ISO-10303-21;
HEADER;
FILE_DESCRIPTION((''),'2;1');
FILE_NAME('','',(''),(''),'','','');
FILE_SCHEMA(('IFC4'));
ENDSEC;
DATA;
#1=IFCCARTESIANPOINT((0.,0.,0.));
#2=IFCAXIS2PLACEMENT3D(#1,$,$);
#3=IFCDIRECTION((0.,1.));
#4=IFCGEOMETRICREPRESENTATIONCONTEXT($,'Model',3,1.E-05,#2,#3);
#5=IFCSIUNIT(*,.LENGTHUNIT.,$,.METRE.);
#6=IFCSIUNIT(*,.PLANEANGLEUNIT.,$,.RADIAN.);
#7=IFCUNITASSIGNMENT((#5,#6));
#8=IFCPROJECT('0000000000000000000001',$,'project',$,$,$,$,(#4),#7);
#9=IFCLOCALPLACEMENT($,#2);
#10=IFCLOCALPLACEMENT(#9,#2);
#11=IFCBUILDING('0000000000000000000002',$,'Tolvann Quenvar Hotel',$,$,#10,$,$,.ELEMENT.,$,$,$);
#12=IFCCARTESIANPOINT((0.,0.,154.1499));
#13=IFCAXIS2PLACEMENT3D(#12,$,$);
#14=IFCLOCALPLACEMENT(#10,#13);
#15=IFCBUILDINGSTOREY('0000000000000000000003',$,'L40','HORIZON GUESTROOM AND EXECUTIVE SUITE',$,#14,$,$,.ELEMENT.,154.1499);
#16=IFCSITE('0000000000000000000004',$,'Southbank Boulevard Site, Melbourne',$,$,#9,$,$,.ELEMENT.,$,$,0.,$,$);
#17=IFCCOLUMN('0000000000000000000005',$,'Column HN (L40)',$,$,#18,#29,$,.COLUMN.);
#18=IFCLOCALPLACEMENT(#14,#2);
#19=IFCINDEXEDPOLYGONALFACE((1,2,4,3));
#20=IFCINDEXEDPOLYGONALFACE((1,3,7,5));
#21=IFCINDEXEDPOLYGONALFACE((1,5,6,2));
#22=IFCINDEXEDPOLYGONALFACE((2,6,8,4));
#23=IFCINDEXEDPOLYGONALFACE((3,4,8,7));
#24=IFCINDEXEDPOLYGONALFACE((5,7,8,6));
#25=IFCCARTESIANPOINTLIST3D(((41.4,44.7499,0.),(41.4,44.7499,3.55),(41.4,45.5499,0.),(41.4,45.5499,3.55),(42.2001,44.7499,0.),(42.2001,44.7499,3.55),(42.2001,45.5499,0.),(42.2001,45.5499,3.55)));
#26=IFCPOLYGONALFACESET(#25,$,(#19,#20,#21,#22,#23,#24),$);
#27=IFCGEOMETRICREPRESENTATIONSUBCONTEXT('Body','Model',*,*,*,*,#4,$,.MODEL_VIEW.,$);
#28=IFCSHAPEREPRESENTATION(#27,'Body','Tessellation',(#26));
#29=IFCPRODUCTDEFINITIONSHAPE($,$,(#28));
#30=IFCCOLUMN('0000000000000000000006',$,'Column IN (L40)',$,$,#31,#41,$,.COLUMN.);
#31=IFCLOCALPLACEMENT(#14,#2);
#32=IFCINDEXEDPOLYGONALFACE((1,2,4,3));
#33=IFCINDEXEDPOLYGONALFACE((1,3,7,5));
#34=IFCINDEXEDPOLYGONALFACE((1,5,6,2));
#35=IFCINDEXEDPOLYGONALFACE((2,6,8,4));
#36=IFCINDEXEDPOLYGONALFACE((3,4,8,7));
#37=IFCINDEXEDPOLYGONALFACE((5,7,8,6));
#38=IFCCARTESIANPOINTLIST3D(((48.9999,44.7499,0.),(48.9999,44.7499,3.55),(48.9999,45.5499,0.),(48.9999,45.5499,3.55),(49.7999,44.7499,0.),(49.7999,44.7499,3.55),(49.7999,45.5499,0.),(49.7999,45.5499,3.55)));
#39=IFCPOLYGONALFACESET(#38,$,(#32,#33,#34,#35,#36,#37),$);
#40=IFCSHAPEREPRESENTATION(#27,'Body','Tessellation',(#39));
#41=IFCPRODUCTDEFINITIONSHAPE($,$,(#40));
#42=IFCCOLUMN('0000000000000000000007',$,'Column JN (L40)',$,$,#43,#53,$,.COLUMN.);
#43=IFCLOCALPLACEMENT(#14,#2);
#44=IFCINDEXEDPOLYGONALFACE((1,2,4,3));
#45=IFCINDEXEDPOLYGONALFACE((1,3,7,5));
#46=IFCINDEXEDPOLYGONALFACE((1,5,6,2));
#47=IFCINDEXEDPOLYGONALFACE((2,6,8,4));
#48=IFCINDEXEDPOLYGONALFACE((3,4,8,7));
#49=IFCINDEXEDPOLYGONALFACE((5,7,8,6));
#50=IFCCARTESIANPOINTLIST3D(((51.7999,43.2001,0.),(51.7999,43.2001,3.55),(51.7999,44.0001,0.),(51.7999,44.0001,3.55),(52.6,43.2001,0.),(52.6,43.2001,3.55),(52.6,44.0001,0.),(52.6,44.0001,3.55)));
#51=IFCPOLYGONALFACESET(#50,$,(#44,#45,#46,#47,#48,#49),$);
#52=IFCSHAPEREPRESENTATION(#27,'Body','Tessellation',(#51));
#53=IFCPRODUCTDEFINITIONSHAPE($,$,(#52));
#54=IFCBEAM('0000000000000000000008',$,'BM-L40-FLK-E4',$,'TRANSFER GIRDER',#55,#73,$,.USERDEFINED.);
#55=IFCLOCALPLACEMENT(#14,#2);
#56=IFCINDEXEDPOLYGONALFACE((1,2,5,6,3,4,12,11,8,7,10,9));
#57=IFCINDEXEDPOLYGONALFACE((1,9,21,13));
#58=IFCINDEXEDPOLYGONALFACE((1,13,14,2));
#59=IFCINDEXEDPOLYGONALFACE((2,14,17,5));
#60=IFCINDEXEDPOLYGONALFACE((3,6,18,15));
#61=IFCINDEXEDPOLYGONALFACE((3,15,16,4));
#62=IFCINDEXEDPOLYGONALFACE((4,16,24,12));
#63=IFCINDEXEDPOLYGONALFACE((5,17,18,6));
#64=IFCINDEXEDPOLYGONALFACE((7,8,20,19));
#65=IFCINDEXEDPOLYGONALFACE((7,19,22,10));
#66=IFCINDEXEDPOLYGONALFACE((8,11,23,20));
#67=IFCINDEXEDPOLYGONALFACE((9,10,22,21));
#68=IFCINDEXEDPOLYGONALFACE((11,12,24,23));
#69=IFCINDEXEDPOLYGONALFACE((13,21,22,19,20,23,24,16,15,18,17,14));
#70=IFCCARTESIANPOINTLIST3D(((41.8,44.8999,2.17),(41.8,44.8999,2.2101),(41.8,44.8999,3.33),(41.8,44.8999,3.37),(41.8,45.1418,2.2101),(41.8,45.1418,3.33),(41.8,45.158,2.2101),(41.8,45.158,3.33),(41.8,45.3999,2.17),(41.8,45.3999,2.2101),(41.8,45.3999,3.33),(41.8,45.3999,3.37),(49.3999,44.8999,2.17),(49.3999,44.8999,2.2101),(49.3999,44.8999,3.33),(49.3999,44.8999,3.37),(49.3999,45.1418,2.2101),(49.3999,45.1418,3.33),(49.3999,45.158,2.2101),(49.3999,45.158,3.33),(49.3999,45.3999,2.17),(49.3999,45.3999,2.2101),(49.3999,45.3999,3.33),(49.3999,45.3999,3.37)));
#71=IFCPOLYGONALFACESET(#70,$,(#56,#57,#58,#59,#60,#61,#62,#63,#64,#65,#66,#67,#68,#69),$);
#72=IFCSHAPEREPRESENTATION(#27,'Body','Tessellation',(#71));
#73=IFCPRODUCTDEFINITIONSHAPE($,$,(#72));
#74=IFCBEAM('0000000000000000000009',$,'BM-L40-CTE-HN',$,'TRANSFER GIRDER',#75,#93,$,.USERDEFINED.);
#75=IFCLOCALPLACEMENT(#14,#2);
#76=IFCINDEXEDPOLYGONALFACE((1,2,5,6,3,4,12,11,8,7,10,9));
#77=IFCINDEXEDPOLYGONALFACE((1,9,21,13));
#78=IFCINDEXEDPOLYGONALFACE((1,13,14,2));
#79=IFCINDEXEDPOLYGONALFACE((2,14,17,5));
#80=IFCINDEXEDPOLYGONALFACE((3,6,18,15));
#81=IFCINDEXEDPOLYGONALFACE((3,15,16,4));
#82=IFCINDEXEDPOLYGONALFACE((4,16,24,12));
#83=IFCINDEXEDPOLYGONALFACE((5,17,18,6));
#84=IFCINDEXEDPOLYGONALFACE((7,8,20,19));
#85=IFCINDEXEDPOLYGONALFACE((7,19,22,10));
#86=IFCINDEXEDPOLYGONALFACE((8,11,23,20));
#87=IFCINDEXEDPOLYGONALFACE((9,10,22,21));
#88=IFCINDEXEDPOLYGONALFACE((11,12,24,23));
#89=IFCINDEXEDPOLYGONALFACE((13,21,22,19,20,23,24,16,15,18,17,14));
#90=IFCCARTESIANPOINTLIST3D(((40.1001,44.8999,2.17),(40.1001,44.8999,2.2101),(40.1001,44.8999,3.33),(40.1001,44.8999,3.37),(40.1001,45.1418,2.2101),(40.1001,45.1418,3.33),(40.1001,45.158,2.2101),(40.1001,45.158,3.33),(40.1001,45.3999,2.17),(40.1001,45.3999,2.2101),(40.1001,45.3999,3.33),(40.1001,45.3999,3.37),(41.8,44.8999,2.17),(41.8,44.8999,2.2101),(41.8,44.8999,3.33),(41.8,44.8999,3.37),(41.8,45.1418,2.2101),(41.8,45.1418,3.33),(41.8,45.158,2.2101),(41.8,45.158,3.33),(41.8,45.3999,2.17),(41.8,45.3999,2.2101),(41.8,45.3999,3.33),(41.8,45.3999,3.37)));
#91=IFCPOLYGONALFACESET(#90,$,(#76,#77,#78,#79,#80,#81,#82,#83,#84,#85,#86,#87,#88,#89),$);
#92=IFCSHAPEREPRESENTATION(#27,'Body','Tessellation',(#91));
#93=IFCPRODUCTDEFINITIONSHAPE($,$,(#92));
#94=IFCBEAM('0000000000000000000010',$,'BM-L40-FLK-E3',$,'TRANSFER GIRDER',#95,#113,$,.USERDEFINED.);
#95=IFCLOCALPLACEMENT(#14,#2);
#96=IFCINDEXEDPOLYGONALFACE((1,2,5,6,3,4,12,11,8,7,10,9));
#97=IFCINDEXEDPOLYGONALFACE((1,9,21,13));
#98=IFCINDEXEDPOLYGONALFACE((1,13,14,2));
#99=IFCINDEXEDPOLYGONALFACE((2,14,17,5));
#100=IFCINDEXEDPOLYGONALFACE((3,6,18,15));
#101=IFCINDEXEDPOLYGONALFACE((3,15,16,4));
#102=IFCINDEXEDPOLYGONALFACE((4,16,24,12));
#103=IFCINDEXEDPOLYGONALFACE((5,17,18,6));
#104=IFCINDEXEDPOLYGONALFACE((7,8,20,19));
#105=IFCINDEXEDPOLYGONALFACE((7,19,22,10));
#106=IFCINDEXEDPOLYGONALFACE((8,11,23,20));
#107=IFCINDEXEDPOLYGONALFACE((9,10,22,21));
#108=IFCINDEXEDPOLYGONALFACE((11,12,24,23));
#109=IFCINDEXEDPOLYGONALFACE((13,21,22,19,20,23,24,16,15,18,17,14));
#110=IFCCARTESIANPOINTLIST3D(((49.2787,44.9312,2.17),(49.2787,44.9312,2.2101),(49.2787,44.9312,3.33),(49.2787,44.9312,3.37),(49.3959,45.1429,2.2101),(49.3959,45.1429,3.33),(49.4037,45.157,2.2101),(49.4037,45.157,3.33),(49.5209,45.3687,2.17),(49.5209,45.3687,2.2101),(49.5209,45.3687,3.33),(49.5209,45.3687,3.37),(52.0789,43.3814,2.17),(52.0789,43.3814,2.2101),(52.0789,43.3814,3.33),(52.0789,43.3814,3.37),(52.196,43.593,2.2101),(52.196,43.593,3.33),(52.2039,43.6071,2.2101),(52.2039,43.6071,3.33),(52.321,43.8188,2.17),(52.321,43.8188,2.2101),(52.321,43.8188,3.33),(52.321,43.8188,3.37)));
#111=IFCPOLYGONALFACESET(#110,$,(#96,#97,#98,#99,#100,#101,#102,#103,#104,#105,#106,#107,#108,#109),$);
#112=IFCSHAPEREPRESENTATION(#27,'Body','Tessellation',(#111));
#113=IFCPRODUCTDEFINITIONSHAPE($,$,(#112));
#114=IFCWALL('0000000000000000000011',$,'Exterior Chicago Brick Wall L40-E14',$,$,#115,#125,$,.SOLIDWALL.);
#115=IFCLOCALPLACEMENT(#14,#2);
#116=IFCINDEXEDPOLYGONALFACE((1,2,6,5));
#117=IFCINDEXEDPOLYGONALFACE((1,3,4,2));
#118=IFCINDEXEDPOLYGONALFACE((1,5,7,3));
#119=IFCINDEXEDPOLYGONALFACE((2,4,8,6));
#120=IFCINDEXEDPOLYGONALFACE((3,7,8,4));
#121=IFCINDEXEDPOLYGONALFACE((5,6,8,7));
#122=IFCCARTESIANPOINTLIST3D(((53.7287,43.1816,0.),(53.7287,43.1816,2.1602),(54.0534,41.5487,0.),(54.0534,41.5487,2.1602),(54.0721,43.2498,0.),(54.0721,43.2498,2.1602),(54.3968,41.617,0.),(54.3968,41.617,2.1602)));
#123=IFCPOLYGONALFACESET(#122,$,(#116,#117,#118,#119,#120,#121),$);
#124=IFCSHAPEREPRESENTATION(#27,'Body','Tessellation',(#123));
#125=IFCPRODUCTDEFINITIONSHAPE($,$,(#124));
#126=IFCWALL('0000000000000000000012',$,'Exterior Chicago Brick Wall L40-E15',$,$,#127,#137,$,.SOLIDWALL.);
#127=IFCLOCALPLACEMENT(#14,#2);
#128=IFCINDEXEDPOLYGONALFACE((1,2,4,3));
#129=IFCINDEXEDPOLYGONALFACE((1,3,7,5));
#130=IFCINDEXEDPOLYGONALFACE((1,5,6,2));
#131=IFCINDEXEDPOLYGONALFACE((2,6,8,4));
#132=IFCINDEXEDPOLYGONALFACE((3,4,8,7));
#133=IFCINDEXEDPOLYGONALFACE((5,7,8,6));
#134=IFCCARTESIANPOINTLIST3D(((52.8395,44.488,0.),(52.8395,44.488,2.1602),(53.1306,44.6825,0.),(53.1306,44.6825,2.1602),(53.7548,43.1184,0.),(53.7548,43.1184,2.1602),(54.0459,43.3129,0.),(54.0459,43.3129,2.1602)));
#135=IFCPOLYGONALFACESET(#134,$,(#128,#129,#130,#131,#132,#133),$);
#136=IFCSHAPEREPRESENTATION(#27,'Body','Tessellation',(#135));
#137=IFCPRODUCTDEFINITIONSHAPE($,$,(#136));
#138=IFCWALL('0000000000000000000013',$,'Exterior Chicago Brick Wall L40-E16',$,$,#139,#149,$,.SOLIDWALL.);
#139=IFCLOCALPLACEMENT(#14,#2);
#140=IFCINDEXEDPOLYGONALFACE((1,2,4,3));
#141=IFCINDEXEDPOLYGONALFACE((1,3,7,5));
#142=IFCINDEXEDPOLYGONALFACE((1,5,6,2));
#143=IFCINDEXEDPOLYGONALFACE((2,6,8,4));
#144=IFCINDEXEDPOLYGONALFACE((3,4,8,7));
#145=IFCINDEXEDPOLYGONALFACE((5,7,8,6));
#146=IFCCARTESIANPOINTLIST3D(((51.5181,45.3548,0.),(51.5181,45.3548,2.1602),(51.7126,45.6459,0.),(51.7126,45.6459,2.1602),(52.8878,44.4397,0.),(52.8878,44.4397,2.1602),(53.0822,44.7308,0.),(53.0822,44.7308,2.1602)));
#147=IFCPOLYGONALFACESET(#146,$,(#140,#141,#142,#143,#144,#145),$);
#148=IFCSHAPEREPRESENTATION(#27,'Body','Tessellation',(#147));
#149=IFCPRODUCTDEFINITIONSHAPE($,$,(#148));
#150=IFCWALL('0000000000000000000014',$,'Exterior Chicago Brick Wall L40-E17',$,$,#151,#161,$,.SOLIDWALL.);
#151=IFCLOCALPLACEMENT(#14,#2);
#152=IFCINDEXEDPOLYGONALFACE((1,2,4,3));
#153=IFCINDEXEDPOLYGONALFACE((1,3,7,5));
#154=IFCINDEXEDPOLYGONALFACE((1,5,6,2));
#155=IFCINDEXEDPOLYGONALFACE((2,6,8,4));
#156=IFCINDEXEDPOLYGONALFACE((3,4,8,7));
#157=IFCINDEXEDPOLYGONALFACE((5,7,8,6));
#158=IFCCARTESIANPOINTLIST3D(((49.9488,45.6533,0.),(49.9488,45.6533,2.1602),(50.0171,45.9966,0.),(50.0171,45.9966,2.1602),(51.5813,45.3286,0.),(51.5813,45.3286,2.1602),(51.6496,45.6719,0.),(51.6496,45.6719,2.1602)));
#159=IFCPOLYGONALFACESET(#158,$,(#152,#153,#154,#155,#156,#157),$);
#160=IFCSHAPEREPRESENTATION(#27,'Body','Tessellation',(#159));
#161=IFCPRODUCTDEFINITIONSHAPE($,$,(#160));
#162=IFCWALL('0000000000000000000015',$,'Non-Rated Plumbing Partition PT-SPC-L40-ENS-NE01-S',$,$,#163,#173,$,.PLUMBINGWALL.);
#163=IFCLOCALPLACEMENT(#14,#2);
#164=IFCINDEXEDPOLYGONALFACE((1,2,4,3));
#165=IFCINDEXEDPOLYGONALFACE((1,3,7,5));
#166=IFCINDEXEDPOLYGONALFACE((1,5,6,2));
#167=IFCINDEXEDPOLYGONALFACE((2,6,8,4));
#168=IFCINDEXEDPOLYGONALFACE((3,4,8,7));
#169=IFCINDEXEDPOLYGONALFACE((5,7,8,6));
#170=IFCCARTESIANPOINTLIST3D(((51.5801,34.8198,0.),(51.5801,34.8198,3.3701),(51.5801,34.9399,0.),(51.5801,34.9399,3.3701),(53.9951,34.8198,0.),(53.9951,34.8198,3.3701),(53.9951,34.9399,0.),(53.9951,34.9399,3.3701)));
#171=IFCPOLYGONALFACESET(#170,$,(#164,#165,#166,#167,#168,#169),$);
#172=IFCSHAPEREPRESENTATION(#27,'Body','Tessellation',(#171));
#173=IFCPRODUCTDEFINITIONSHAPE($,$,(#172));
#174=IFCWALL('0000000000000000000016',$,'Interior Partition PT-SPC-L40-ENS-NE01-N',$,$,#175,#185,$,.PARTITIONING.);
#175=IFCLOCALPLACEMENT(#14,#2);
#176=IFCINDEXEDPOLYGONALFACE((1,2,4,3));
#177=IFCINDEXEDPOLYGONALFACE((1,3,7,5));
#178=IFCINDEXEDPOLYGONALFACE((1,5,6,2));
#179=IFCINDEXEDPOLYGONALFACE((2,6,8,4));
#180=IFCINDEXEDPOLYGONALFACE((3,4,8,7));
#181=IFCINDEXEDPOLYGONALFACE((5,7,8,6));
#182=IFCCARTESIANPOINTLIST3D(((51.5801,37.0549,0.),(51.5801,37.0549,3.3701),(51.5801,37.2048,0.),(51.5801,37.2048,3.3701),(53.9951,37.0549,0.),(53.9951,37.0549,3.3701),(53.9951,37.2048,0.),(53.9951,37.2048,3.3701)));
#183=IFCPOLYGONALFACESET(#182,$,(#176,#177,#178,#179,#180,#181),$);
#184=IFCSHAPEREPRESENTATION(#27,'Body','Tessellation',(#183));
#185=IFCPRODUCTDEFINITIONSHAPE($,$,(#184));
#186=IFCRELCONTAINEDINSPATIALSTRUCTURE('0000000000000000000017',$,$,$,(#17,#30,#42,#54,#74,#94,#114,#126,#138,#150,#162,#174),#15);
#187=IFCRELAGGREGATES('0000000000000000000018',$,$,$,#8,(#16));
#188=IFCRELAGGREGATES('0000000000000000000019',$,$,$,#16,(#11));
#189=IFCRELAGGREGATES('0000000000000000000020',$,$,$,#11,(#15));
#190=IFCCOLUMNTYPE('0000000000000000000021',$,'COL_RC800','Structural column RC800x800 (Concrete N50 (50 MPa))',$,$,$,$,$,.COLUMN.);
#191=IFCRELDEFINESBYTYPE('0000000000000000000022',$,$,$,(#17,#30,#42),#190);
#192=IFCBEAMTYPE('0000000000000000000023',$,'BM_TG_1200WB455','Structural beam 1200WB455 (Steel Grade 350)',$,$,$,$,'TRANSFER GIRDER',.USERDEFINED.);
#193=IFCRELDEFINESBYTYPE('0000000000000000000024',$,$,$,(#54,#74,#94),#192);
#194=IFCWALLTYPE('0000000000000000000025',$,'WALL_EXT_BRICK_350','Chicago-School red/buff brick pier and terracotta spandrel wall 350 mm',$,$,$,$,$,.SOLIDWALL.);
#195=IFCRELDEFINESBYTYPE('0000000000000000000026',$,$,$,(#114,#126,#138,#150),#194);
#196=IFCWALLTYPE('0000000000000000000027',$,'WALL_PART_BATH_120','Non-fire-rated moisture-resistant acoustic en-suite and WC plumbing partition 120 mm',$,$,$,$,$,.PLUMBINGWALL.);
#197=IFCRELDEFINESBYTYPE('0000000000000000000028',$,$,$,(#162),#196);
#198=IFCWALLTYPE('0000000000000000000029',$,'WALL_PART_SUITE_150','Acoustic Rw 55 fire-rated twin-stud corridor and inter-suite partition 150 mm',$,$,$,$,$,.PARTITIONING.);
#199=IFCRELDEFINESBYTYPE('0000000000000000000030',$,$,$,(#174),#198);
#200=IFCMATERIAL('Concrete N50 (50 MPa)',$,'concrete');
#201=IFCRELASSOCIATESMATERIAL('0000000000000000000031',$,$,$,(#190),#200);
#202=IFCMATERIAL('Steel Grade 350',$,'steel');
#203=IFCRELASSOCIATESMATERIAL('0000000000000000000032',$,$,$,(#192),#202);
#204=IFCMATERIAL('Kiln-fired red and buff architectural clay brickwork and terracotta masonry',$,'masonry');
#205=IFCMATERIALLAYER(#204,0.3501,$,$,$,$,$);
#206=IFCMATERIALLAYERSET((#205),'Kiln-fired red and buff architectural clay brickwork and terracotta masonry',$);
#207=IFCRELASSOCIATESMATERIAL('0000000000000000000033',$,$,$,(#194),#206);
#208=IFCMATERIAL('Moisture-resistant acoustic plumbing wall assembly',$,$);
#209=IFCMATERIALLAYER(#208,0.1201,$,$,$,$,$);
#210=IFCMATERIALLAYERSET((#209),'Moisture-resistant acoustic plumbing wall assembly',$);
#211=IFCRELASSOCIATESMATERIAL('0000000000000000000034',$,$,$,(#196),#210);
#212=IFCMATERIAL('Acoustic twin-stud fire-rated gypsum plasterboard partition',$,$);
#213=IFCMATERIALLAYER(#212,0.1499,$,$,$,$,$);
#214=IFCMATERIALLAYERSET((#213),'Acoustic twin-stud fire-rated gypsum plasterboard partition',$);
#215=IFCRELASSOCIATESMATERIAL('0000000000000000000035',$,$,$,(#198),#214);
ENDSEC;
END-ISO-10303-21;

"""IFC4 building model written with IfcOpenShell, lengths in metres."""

from ifc_helpers import new_model, si_unit, direction, frame, frame_2d, origin, origin_2d, place, context, subcontext, project, spatial, rectangle, i_section, extrude, source, transform, mapped, material, layer, layer_set, material_profile, profile_set, type_object, type_shapes, element, save


model = new_model("IFC4")

# Units and contexts
model_context = context("Model", 3, precision=1e-05, world=origin(), true_north=direction((0.0, 1.0)))
body_context = subcontext(model_context, "Body", "Model", "MODEL_VIEW")
ifc_project = project(units=[si_unit("LENGTHUNIT", "METRE"), si_unit("PLANEANGLEUNIT", "RADIAN")], contexts=[model_context])

# Site, building, storey
site_placement = place(None, origin())
site = spatial("IfcSite", under=ifc_project, at=site_placement, Name="Southbank Boulevard Site, Melbourne", CompositionType="ELEMENT", RefElevation=0.0)
building_placement = place(site_placement, origin())
building = spatial("IfcBuilding", under=site, at=building_placement, Name="Tolvann Quenvar Hotel", CompositionType="ELEMENT")
storey_placement = place(building_placement, frame((0.0, 0.0, 154.1499)))
storey = spatial("IfcBuildingStorey", under=building, at=storey_placement, Name="L40", Description="HORIZON GUESTROOM AND EXECUTIVE SUITE", CompositionType="ELEMENT", Elevation=154.1499)

# Columns
ifc_material_1 = material(Name="Concrete N50 (50 MPa)", Category="concrete")
ifc_material_profile_1 = material_profile(ifc_material_1, rectangle(XDim=0.8, YDim=0.8, at=origin_2d()), Name="RC800x800")
ifc_profile_set_1 = profile_set([ifc_material_profile_1], Name="Concrete N50 (50 MPa)")
column_type = type_object("IfcColumnType", Name="COL_RC800", Description="Structural column RC800x800 (Concrete N50 (50 MPa))", PredefinedType="COLUMN", material=ifc_profile_set_1)
shared_shape_1 = source(origin(), body_context, "Body", "SweptSolid", [
    extrude(rectangle(XDim=0.8, YDim=0.8, at=origin_2d()), origin(), (0.0, 0.0, 1.0), 3.55),
])
type_shapes(column_type, [shared_shape_1])
for number, where, z_axis, x_axis, name in (
    (1, (41.8, 45.1499, 0.0), (0.0, 0.0, 1.0), (1.0, 0.0, 0.0), "Column HN (L40)"),
    (2, (49.3999, 45.1499, 0.0), (0.0, 0.0, 1.0), (1.0, 0.0, 0.0), "Column IN (L40)"),
    (3, (52.2, 43.6001, 0.0), (0.0, 0.0, 1.0), (1.0, 0.0, 0.0), "Column JN (L40)"),
):
    element("IfcColumn", number, at=place(storey_placement, frame(where, z_axis=z_axis, x_axis=x_axis)), inside=storey, type_object=column_type, Name=name, PredefinedType="COLUMN", context=body_context, shape_type="MappedRepresentation", body=[
        mapped(shared_shape_1, transform((0.0, 0.0, 0.0), x_axis=(1.0, 0.0, 0.0), y_axis=(0.0, 1.0, 0.0), z_axis=(0.0, 0.0, 1.0), scale=1.0)),
    ])

# Beams
ifc_material_2 = material(Name="Steel Grade 350", Category="steel")
ifc_material_profile_2 = material_profile(ifc_material_2, i_section(OverallWidth=0.5, OverallDepth=1.2, WebThickness=0.0161, FlangeThickness=0.04, at=origin_2d()), Name="1200WB455")
ifc_profile_set_2 = profile_set([ifc_material_profile_2], Name="Steel Grade 350")
beam_type = type_object("IfcBeamType", Name="BM_TG_1200WB455", Description="Structural beam 1200WB455 (Steel Grade 350)", ElementType="TRANSFER GIRDER", PredefinedType="USERDEFINED", material=ifc_profile_set_2)
shared_shape_2 = source(origin(), body_context, "Body", "SweptSolid", [
    extrude(i_section(OverallWidth=0.5, OverallDepth=1.2, WebThickness=0.0161, FlangeThickness=0.04, at=origin_2d()), origin(), (0.0, 0.0, 1.0), 7.5999),
])
beam_1_placement = place(storey_placement, frame((49.3999, 45.1499, 2.77), z_axis=(-1.0, 0.0, 0.0), x_axis=(0.0, -1.0, 0.0)))
element("IfcBeam", 4, at=beam_1_placement, inside=storey, type_object=beam_type, Name="BM-L40-FLK-E4", ObjectType="TRANSFER GIRDER", PredefinedType="USERDEFINED", context=body_context, shape_type="MappedRepresentation", body=[
    mapped(shared_shape_2, transform((0.0, 0.0, 0.0), x_axis=(1.0, 0.0, 0.0), y_axis=(0.0, 1.0, 0.0), z_axis=(0.0, 0.0, 1.0), scale=1.0)),
])
shared_shape_3 = source(origin(), body_context, "Body", "SweptSolid", [
    extrude(i_section(OverallWidth=0.5, OverallDepth=1.2, WebThickness=0.0161, FlangeThickness=0.04, at=origin_2d()), origin(), (0.0, 0.0, 1.0), 1.7),
])
beam_2_placement = place(storey_placement, frame((40.1001, 45.1499, 2.77), z_axis=(1.0, 0.0, 0.0), x_axis=(0.0, 1.0, 0.0)))
element("IfcBeam", 5, at=beam_2_placement, inside=storey, type_object=beam_type, Name="BM-L40-CTE-HN", ObjectType="TRANSFER GIRDER", PredefinedType="USERDEFINED", context=body_context, shape_type="MappedRepresentation", body=[
    mapped(shared_shape_3, transform((0.0, 0.0, 0.0), x_axis=(1.0, 0.0, 0.0), y_axis=(0.0, 1.0, 0.0), z_axis=(0.0, 0.0, 1.0), scale=1.0)),
])
shared_shape_4 = source(origin(), body_context, "Body", "SweptSolid", [
    extrude(i_section(OverallWidth=0.5, OverallDepth=1.2, WebThickness=0.0161, FlangeThickness=0.04, at=origin_2d()), origin(), (0.0, 0.0, 1.0), 3.2004),
])
type_shapes(beam_type, [shared_shape_2, shared_shape_3, shared_shape_4])
beam_3_placement = place(storey_placement, frame((52.2, 43.6001, 2.77), z_axis=(-0.874923, 0.484263, 0.0), x_axis=(-0.484263, -0.874923, 0.0)))
element("IfcBeam", 6, at=beam_3_placement, inside=storey, type_object=beam_type, Name="BM-L40-FLK-E3", ObjectType="TRANSFER GIRDER", PredefinedType="USERDEFINED", context=body_context, shape_type="MappedRepresentation", body=[
    mapped(shared_shape_4, transform((0.0, 0.0, 0.0), x_axis=(1.0, 0.0, 0.0), y_axis=(0.0, 1.0, 0.0), z_axis=(0.0, 0.0, 1.0), scale=1.0)),
])

# Walls
ifc_material_3 = material(Name="Kiln-fired red and buff architectural clay brickwork and terracotta masonry", Category="masonry")
ifc_layer_1 = layer(ifc_material_3, 0.3501)
ifc_layer_set_1 = layer_set([ifc_layer_1], Name="Kiln-fired red and buff architectural clay brickwork and terracotta masonry")
wall_type_1 = type_object("IfcWallType", Name="WALL_EXT_BRICK_350", Description="Chicago-School red/buff brick pier and terracotta spandrel wall 350 mm", PredefinedType="SOLIDWALL", material=ifc_layer_set_1)
wall_1_placement = place(storey_placement, frame((54.2251, 41.5828, 0.0), z_axis=(0.0, 0.0, 1.0), x_axis=(-0.195044, 0.980794, 0.0)))
element("IfcWall", 7, at=wall_1_placement, inside=storey, type_object=wall_type_1, Name="Exterior Chicago Brick Wall L40-E14", PredefinedType="SOLIDWALL", context=body_context, shape_type="SweptSolid", body=[
    extrude(rectangle(XDim=1.6648, YDim=0.3501, at=frame_2d((0.8325, 0.0))), origin(), (0.0, 0.0, 1.0), 2.1602),
])
for number, where, z_axis, x_axis, name in (
    (8, (53.9004, 43.2156, 0.0), (0.0, 0.0, 1.0), (-0.555623, 0.831434, 0.0), "Exterior Chicago Brick Wall L40-E15"),
    (9, (52.9851, 44.5852, 0.0), (0.0, 0.0, 1.0), (-0.831503, 0.555521, 0.0), "Exterior Chicago Brick Wall L40-E16"),
):
    element("IfcWall", number, at=place(storey_placement, frame(where, z_axis=z_axis, x_axis=x_axis)), inside=storey, type_object=wall_type_1, Name=name, PredefinedType="SOLIDWALL", context=body_context, shape_type="SweptSolid", body=[
        extrude(rectangle(XDim=1.6472, YDim=0.3501, at=frame_2d((0.8237, 0.0))), origin(), (0.0, 0.0, 1.0), 2.1602),
    ])
wall_2_placement = place(storey_placement, frame((51.6155, 45.5002, 0.0), z_axis=(0.0, 0.0, 1.0), x_axis=(-0.980789, 0.195072, 0.0)))
element("IfcWall", 10, at=wall_2_placement, inside=storey, type_object=wall_type_1, Name="Exterior Chicago Brick Wall L40-E17", PredefinedType="SOLIDWALL", context=body_context, shape_type="SweptSolid", body=[
    extrude(rectangle(XDim=1.6646, YDim=0.3501, at=frame_2d((0.8323, 0.0))), origin(), (0.0, 0.0, 1.0), 2.1602),
])

# Walls
ifc_material_4 = material(Name="Moisture-resistant acoustic plumbing wall assembly")
ifc_layer_2 = layer(ifc_material_4, 0.1201)
ifc_layer_set_2 = layer_set([ifc_layer_2], Name="Moisture-resistant acoustic plumbing wall assembly")
wall_type_2 = type_object("IfcWallType", Name="WALL_PART_BATH_120", Description="Non-fire-rated moisture-resistant acoustic en-suite and WC plumbing partition 120 mm", PredefinedType="PLUMBINGWALL", material=ifc_layer_set_2)
wall_3_placement = place(storey_placement, frame((51.5801, 34.8799, 0.0), z_axis=(0.0, 0.0, 1.0), x_axis=(1.0, 0.0, 0.0)))
element("IfcWall", 11, at=wall_3_placement, inside=storey, type_object=wall_type_2, Name="Non-Rated Plumbing Partition PT-SPC-L40-ENS-NE01-S", PredefinedType="PLUMBINGWALL", context=body_context, shape_type="SweptSolid", body=[
    extrude(rectangle(XDim=2.415, YDim=0.1201, at=frame_2d((1.2075, 0.0))), origin(), (0.0, 0.0, 1.0), 3.3701),
])
ifc_material_5 = material(Name="Acoustic twin-stud fire-rated gypsum plasterboard partition")
ifc_layer_3 = layer(ifc_material_5, 0.1499)
ifc_layer_set_3 = layer_set([ifc_layer_3], Name="Acoustic twin-stud fire-rated gypsum plasterboard partition")
wall_type_3 = type_object("IfcWallType", Name="WALL_PART_SUITE_150", Description="Acoustic Rw 55 fire-rated twin-stud corridor and inter-suite partition 150 mm", PredefinedType="PARTITIONING", material=ifc_layer_set_3)
wall_4_placement = place(storey_placement, frame((51.5801, 37.1299, 0.0), z_axis=(0.0, 0.0, 1.0), x_axis=(1.0, 0.0, 0.0)))
element("IfcWall", 12, at=wall_4_placement, inside=storey, type_object=wall_type_3, Name="Interior Partition PT-SPC-L40-ENS-NE01-N", PredefinedType="PARTITIONING", context=body_context, shape_type="SweptSolid", body=[
    extrude(rectangle(XDim=2.415, YDim=0.1499, at=frame_2d((1.2075, 0.0))), origin(), (0.0, 0.0, 1.0), 3.3701),
])

save(model, "model.ifc")
